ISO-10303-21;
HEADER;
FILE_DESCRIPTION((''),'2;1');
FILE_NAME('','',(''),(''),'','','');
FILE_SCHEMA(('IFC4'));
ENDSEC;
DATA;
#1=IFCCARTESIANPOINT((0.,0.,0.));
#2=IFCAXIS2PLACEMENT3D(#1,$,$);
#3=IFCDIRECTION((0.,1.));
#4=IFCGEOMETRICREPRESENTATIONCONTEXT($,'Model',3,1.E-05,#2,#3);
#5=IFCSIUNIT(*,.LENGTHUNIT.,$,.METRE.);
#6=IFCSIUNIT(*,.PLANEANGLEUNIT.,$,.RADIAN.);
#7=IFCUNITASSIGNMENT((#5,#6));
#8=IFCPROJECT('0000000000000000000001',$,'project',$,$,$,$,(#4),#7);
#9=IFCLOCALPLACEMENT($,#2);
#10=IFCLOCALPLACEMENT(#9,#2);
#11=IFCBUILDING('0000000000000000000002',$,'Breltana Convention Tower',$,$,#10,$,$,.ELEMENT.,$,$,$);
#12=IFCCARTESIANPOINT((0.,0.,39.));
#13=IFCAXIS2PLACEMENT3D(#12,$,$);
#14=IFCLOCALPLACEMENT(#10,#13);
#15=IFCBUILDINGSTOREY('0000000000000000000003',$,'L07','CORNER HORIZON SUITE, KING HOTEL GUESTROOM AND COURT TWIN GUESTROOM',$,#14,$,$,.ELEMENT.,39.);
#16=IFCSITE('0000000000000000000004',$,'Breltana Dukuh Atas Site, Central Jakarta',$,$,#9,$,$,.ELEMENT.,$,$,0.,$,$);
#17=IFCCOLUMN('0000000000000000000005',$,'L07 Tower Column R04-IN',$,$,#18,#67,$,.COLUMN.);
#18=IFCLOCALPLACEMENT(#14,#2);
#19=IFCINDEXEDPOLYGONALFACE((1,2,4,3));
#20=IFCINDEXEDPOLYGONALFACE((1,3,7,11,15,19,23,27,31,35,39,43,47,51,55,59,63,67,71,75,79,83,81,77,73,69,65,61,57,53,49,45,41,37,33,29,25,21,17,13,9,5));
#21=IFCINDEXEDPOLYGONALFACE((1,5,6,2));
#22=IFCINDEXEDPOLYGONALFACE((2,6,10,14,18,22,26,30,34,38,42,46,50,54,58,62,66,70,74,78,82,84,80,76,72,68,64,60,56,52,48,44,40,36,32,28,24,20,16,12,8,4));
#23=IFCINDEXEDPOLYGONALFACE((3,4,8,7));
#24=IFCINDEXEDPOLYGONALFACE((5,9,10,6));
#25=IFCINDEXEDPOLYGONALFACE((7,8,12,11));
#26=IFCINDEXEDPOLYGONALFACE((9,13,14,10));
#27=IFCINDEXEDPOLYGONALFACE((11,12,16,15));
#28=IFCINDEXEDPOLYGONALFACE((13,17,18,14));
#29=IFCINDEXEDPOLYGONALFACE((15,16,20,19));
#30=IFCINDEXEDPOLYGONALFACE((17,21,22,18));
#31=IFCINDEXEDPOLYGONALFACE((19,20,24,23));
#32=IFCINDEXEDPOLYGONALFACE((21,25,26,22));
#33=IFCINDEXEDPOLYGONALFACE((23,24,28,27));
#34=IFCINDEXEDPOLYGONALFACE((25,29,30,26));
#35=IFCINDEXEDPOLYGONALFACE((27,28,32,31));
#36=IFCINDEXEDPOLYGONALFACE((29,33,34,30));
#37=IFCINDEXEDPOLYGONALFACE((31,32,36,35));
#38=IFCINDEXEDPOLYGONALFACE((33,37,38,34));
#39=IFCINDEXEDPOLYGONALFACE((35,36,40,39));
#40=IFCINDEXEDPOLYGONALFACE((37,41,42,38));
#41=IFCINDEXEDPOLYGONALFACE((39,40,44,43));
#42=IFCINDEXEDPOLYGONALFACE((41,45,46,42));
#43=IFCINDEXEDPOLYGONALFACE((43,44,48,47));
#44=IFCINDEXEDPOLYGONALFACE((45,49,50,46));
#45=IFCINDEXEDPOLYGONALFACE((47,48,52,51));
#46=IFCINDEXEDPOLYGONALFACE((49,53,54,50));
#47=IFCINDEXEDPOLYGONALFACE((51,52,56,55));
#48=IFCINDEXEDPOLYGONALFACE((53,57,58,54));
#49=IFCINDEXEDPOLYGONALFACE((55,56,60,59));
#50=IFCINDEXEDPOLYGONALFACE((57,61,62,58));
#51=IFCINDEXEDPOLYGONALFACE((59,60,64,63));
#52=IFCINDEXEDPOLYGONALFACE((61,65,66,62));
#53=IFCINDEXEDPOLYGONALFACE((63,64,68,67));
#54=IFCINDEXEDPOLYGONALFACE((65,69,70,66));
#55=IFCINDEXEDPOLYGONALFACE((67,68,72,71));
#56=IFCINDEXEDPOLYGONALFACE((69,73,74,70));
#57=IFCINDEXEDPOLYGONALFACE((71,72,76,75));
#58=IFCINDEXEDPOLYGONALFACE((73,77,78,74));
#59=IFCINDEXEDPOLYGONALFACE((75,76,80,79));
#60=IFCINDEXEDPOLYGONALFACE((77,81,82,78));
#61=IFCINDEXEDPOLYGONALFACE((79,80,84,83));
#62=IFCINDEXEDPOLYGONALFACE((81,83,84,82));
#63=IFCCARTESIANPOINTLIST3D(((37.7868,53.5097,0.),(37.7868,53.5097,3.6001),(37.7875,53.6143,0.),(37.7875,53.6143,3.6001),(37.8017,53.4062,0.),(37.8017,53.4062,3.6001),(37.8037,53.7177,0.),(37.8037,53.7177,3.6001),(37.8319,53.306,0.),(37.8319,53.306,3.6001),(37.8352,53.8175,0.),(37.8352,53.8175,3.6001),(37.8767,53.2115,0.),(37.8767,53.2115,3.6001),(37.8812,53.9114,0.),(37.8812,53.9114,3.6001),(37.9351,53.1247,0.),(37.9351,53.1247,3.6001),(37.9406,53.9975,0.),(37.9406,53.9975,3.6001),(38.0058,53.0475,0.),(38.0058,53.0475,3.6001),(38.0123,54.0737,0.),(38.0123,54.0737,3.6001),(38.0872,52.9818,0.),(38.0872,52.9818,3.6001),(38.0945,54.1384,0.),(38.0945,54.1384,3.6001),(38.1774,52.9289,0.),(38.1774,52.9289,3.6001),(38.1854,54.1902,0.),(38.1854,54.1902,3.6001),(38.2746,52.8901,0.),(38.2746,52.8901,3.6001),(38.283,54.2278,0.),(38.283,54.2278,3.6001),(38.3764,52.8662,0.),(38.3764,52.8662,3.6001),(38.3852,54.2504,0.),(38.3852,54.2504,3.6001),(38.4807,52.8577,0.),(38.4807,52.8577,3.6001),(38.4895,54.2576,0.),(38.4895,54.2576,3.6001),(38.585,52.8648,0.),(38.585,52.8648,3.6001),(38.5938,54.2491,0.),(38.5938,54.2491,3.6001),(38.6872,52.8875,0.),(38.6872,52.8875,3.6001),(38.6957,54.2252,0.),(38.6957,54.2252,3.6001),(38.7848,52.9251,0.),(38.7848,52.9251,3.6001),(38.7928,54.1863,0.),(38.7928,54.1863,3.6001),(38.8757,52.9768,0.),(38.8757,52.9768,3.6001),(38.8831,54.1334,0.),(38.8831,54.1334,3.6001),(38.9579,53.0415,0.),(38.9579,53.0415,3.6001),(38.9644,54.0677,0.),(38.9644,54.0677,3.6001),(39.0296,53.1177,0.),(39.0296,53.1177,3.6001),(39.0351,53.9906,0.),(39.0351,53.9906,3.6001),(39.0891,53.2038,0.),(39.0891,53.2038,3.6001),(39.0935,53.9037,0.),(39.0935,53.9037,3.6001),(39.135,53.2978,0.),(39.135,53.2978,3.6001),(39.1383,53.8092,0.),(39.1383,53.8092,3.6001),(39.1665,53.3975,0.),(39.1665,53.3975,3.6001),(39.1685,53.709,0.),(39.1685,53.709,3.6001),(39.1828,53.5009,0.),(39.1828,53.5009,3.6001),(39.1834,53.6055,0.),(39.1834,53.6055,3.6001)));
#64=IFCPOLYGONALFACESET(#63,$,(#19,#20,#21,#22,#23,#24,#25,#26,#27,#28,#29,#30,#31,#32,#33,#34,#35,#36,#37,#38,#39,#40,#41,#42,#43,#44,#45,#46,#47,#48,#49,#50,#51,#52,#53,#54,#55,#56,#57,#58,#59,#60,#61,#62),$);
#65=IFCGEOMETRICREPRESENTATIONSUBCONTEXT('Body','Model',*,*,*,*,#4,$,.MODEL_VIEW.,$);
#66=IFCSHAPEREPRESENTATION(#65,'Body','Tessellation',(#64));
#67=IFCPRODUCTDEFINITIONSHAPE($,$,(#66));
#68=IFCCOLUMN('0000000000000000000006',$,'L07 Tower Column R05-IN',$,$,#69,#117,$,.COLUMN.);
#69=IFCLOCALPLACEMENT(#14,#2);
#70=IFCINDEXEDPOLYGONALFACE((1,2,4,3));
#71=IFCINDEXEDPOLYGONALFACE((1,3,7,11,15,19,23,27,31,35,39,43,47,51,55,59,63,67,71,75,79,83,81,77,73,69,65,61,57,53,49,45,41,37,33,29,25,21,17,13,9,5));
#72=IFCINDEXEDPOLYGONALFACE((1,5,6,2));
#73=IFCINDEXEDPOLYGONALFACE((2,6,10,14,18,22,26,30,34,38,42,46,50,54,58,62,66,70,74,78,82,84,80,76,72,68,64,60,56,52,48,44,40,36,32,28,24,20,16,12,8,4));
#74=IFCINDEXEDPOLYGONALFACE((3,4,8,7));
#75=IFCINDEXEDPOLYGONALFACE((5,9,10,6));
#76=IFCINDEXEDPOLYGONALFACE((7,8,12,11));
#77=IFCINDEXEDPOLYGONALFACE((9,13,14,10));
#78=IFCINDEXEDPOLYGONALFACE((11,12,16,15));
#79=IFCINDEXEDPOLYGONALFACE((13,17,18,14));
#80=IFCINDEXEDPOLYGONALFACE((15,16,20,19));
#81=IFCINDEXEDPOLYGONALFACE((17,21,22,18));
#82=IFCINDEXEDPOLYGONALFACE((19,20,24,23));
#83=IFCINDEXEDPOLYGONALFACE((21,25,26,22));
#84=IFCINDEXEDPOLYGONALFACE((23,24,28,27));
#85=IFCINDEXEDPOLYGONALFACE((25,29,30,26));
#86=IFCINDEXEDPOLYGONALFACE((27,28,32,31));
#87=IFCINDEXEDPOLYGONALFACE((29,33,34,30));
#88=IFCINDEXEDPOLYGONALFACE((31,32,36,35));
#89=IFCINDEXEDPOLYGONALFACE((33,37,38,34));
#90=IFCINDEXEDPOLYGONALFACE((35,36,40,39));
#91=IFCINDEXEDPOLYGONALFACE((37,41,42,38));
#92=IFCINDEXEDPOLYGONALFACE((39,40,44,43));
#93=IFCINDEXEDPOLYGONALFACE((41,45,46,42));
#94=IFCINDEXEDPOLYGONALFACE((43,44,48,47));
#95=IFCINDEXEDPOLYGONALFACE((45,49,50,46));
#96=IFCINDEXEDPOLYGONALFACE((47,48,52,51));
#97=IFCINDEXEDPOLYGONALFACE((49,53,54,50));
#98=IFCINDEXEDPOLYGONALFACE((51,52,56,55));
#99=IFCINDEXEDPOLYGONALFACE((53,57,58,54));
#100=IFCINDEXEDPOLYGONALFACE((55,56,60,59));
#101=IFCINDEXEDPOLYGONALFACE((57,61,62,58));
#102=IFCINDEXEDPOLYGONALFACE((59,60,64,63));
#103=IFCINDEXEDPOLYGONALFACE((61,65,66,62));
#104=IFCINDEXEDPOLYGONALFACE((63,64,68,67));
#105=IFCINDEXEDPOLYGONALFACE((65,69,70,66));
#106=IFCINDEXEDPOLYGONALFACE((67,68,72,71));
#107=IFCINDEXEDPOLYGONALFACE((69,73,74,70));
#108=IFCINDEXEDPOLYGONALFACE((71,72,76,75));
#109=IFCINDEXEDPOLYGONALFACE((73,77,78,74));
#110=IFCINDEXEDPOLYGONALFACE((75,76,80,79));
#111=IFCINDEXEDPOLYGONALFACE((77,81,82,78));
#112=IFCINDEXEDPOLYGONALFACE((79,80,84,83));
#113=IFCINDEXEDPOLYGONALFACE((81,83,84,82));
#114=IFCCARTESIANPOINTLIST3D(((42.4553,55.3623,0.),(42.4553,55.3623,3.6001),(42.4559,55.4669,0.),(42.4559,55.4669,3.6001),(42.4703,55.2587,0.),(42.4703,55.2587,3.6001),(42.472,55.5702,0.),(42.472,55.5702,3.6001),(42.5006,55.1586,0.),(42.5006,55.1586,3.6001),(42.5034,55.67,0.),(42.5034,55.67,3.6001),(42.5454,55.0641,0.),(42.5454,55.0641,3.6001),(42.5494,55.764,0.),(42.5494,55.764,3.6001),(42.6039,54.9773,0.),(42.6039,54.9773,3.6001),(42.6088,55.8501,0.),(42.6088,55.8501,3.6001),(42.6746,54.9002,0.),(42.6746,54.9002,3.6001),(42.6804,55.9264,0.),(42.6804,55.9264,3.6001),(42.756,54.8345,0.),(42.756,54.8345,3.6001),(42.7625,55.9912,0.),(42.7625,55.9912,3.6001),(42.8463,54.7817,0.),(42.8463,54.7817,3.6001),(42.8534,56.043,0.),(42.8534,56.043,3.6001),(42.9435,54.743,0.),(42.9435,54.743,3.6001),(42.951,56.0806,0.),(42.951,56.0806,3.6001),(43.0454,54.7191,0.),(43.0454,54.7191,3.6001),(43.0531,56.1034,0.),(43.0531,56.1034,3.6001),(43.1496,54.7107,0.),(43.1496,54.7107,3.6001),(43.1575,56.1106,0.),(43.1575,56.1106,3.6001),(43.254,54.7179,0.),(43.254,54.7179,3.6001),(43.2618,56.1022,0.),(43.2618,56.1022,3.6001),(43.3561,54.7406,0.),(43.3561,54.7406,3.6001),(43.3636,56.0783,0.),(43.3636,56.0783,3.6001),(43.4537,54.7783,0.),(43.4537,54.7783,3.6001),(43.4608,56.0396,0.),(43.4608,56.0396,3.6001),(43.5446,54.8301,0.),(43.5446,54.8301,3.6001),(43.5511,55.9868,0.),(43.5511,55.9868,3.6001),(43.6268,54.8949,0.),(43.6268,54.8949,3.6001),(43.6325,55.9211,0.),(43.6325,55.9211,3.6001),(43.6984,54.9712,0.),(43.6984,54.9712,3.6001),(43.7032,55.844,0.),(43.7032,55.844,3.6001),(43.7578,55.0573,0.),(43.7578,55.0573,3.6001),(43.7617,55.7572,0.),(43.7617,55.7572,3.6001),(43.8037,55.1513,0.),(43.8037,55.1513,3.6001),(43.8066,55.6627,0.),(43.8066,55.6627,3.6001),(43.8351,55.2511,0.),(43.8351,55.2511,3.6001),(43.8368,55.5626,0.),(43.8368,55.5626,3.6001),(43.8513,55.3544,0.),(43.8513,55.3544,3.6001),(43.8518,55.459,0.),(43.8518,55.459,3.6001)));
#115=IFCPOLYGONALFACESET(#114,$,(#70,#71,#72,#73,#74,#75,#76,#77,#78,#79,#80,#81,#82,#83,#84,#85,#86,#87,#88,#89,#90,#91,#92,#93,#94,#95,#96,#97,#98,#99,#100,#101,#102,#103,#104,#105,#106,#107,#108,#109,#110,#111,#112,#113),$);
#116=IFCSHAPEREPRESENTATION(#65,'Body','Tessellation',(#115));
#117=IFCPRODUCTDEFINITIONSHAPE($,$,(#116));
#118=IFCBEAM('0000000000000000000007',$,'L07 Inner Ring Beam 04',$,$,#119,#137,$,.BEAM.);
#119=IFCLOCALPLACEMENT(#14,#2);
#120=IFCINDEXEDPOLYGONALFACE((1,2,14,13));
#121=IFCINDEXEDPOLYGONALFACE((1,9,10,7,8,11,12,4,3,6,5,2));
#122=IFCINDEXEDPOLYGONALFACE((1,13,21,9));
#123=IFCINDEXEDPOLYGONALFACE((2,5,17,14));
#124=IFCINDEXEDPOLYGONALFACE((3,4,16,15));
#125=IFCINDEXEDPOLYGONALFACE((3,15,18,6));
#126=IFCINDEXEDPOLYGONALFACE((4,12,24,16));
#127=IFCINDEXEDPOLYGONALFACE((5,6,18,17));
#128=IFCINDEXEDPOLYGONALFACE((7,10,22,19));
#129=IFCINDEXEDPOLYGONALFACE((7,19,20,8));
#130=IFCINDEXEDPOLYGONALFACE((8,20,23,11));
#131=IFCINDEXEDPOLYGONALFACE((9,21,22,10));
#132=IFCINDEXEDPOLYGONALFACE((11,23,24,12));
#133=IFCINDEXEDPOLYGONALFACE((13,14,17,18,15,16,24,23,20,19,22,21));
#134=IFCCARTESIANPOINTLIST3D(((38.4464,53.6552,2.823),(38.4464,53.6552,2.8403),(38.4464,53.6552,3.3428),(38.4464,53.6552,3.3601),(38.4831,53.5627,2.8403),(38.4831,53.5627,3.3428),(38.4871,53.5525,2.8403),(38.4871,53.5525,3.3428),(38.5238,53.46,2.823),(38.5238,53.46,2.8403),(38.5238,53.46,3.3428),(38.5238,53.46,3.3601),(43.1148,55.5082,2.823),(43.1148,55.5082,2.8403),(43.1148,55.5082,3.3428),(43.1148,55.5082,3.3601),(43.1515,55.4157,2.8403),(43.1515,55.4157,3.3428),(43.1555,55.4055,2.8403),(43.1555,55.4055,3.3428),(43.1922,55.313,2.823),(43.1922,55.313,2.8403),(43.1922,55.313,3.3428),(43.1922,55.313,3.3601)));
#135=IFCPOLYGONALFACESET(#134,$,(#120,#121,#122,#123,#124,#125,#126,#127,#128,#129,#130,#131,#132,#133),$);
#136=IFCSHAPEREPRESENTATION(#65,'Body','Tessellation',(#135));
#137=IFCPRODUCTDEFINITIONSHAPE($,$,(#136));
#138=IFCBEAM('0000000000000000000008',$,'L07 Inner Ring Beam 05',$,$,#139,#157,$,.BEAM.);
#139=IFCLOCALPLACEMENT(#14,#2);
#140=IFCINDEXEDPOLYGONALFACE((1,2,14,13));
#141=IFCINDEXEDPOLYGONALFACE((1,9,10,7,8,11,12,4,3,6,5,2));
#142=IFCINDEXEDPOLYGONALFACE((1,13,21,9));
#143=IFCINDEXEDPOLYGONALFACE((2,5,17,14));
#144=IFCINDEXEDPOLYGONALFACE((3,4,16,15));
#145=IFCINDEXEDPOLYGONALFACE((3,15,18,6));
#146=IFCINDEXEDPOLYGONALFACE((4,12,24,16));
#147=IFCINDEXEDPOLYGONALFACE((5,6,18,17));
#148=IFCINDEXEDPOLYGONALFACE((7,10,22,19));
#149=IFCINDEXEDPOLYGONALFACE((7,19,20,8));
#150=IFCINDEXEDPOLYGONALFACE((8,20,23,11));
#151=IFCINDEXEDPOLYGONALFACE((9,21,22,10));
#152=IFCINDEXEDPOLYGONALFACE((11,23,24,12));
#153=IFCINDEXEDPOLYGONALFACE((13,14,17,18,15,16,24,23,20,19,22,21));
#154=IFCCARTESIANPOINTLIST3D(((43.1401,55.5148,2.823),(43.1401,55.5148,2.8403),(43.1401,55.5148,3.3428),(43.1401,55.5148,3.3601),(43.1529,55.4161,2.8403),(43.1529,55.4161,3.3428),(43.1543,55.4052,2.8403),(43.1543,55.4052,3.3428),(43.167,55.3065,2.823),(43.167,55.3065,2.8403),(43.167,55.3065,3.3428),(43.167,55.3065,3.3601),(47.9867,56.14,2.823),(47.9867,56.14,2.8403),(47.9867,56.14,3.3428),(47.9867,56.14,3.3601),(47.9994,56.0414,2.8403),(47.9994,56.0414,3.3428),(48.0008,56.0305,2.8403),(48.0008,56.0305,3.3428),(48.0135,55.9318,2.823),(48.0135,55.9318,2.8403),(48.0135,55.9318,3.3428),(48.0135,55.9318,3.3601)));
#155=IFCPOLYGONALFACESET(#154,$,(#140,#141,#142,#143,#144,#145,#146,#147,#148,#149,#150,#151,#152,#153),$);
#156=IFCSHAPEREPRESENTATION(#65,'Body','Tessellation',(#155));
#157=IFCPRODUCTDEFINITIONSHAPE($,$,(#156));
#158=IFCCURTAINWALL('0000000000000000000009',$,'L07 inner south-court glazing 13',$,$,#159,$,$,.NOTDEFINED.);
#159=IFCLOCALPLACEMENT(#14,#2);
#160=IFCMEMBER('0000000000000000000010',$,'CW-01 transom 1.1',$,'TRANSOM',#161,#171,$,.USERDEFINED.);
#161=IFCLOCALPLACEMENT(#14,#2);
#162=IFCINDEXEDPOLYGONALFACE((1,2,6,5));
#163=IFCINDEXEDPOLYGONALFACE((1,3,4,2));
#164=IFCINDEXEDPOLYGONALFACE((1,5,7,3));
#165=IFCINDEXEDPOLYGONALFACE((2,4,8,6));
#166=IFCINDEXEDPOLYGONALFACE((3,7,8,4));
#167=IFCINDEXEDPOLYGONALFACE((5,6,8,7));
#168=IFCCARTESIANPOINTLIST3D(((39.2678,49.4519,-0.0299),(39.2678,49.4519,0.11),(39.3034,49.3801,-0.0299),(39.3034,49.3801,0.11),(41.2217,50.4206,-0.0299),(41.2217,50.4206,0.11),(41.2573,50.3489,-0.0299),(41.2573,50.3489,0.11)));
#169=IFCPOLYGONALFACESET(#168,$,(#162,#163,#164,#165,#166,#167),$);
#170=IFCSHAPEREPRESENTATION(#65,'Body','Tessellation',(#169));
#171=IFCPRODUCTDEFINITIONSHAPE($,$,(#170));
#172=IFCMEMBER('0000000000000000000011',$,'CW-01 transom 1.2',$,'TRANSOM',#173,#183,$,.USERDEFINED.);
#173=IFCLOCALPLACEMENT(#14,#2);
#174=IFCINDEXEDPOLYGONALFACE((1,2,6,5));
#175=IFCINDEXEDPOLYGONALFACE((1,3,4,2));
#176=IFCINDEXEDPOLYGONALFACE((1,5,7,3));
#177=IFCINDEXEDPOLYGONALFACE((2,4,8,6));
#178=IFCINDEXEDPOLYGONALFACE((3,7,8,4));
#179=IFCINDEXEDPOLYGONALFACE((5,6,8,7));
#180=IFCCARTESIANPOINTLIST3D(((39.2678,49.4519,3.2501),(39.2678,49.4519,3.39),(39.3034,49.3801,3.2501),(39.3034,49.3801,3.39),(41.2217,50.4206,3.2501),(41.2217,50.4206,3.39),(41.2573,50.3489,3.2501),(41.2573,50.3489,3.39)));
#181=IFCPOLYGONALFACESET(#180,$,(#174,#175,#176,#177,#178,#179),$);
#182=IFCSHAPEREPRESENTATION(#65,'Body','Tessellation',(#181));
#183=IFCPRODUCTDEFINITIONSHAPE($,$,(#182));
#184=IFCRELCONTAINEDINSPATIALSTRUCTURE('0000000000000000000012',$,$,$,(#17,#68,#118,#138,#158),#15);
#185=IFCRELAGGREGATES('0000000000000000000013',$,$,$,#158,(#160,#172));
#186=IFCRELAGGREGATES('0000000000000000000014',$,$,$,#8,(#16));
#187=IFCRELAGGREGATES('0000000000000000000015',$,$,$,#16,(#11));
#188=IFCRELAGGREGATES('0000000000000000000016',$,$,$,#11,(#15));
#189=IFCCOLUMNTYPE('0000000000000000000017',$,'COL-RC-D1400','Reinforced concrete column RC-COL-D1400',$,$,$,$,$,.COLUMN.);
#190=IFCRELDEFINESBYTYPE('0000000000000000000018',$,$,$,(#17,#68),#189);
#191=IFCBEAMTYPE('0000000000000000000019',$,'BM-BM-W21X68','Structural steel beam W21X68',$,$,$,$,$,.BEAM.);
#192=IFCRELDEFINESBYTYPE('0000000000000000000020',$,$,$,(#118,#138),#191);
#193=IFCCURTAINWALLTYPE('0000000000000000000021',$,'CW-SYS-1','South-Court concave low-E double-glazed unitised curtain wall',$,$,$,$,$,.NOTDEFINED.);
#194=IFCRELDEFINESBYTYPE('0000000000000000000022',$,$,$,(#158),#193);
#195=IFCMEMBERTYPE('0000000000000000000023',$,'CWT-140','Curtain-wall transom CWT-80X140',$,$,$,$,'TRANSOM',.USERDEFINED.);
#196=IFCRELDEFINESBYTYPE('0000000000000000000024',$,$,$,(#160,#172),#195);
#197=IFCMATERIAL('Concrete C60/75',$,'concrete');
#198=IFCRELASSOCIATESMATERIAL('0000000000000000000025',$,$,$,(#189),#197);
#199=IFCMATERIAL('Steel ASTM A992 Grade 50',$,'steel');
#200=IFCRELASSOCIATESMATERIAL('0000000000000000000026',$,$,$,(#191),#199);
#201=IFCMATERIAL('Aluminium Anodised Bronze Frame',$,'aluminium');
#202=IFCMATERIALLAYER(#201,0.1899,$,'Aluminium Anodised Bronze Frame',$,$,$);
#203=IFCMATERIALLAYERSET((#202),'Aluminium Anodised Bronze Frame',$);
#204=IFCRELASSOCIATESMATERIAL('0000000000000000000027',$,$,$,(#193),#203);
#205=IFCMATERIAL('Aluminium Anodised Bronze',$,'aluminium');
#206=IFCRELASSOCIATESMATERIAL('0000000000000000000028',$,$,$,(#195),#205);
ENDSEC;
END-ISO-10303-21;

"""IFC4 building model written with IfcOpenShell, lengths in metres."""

from ifc_helpers import new_model, si_unit, direction, frame, origin, origin_2d, place, context, subcontext, project, spatial, rectangle, circle, i_section, extrude, source, transform, mapped, material, layer, layer_set, material_profile, profile_set, type_object, element, aggregate, save


model = new_model("IFC4")

# Units and contexts
model_context = context("Model", 3, precision=1e-05, world=origin(), true_north=direction((0.0, 1.0)))
body_context = subcontext(model_context, "Body", "Model", "MODEL_VIEW")
ifc_project = project(units=[si_unit("LENGTHUNIT", "METRE"), si_unit("PLANEANGLEUNIT", "RADIAN")], contexts=[model_context])

# Site, building, storey
site_placement = place(None, origin())
site = spatial("IfcSite", under=ifc_project, at=site_placement, Name="Breltana Dukuh Atas Site, Central Jakarta", CompositionType="ELEMENT", RefElevation=0.0)
building_placement = place(site_placement, origin())
building = spatial("IfcBuilding", under=site, at=building_placement, Name="Breltana Convention Tower", CompositionType="ELEMENT")
storey_placement = place(building_placement, frame((0.0, 0.0, 39.0)))
storey = spatial("IfcBuildingStorey", under=building, at=storey_placement, Name="L07", Description="CORNER HORIZON SUITE, KING HOTEL GUESTROOM AND COURT TWIN GUESTROOM", CompositionType="ELEMENT", Elevation=39.0)

# Columns
ifc_material_1 = material(Name="Concrete C60/75", Category="concrete")
ifc_material_profile_1 = material_profile(ifc_material_1, circle(Radius=0.7, at=origin_2d()), Name="RC-COL-D1400")
ifc_profile_set_1 = profile_set([ifc_material_profile_1], Name="Concrete C60/75")
column_type = type_object("IfcColumnType", Name="COL-RC-D1400", Description="Reinforced concrete column RC-COL-D1400", PredefinedType="COLUMN", material=ifc_profile_set_1)
shared_shape_1 = source(origin(), body_context, "Body", "SweptSolid", [
    extrude(circle(Radius=0.7, at=origin_2d()), origin(), (0.0, 0.0, 1.0), 3.6001),
])
for number, where, z_axis, x_axis, name in (
    (1, (38.4851, 53.5576, 0.0), (0.0, 0.0, 1.0), (-0.288698, 0.95742, 0.0), "L07 Tower Column R04-IN"),
    (2, (43.1536, 55.4106, 0.0), (0.0, 0.0, 1.0), (-0.143493, 0.989651, 0.0), "L07 Tower Column R05-IN"),
):
    element("IfcColumn", number, at=place(storey_placement, frame(where, z_axis=z_axis, x_axis=x_axis)), inside=storey, type_object=column_type, Name=name, PredefinedType="COLUMN", context=body_context, shape_type="MappedRepresentation", body=[
        mapped(shared_shape_1, transform((0.0, 0.0, 0.0), scale=1.0)),
    ])

# Beams
ifc_material_2 = material(Name="Steel ASTM A992 Grade 50", Category="steel")
ifc_material_profile_2 = material_profile(ifc_material_2, i_section(OverallWidth=0.21, OverallDepth=0.5371, WebThickness=0.011, FlangeThickness=0.0173, at=origin_2d()), Name="W21X68")
ifc_profile_set_2 = profile_set([ifc_material_profile_2], Name="Steel ASTM A992 Grade 50")
beam_type = type_object("IfcBeamType", Name="BM-BM-W21X68", Description="Structural steel beam W21X68", PredefinedType="BEAM", material=ifc_profile_set_2)
shared_shape_2 = source(origin(), body_context, "Body", "SweptSolid", [
    extrude(i_section(OverallWidth=0.21, OverallDepth=0.5371, WebThickness=0.011, FlangeThickness=0.0173, at=origin_2d()), origin(), (0.0, 0.0, 1.0), 5.0227),
])
beam_1_placement = place(storey_placement, frame((38.4851, 53.5576, 3.0916), z_axis=(0.929459, 0.368926, 0.0), x_axis=(-0.368926, 0.929459, 0.0)))
element("IfcBeam", 3, at=beam_1_placement, inside=storey, type_object=beam_type, Name="L07 Inner Ring Beam 04", PredefinedType="BEAM", context=body_context, shape_type="MappedRepresentation", body=[
    mapped(shared_shape_2, transform((0.0, 0.0, 0.0), scale=1.0)),
])
shared_shape_3 = source(origin(), body_context, "Body", "SweptSolid", [
    extrude(i_section(OverallWidth=0.21, OverallDepth=0.5371, WebThickness=0.011, FlangeThickness=0.0173, at=origin_2d()), origin(), (0.0, 0.0, 1.0), 4.8867),
])
beam_2_placement = place(storey_placement, frame((43.1536, 55.4106, 3.0916), z_axis=(0.991781, 0.127951, 0.0), x_axis=(-0.127951, 0.991781, 0.0)))
element("IfcBeam", 4, at=beam_2_placement, inside=storey, type_object=beam_type, Name="L07 Inner Ring Beam 05", PredefinedType="BEAM", context=body_context, shape_type="MappedRepresentation", body=[
    mapped(shared_shape_3, transform((0.0, 0.0, 0.0), scale=1.0)),
])

# Curtain wall, members
ifc_material_3 = material(Name="Aluminium Anodised Bronze Frame", Category="aluminium")
ifc_layer_1 = layer(ifc_material_3, 0.1899, Name="Aluminium Anodised Bronze Frame")
ifc_layer_set_1 = layer_set([ifc_layer_1], Name="Aluminium Anodised Bronze Frame")
curtain_wall_type = type_object("IfcCurtainWallType", Name="CW-SYS-1", Description="South-Court concave low-E double-glazed unitised curtain wall", PredefinedType="NOTDEFINED", material=ifc_layer_set_1)
curtain_wall_1_placement = place(storey_placement, origin())
curtain_wall_1 = element("IfcCurtainWall", 5, at=curtain_wall_1_placement, inside=storey, type_object=curtain_wall_type, Name="L07 inner south-court glazing 13", PredefinedType="NOTDEFINED")
ifc_material_4 = material(Name="Aluminium Anodised Bronze", Category="aluminium")
ifc_material_profile_3 = material_profile(ifc_material_4, rectangle(XDim=0.0801, YDim=0.1399, at=origin_2d()), Name="CWT-80X140")
ifc_profile_set_3 = profile_set([ifc_material_profile_3], Name="Aluminium Anodised Bronze")
member_type_1 = type_object("IfcMemberType", Name="CWT-140", Description="Curtain-wall transom CWT-80X140", ElementType="TRANSOM", PredefinedType="USERDEFINED", material=ifc_profile_set_3)
shared_shape_4 = source(origin(), body_context, "Body", "SweptSolid", [
    extrude(rectangle(XDim=0.0801, YDim=0.1399, at=origin_2d()), origin(), (0.0, 0.0, 1.0), 2.1809),
])
member_1_placement = place(storey_placement, frame((41.2395, 50.3848, 0.04), z_axis=(-0.895922, -0.444211, 0.0), x_axis=(0.444211, -0.895922, 0.0)))
member_1 = element("IfcMember", 6, at=member_1_placement, type_object=member_type_1, Name="CW-01 transom 1.1", ObjectType="TRANSOM", PredefinedType="USERDEFINED", context=body_context, shape_type="MappedRepresentation", body=[
    mapped(shared_shape_4, transform((0.0, 0.0, 0.0), scale=1.0)),
])
member_2_placement = place(storey_placement, frame((41.2395, 50.3848, 3.3201), z_axis=(-0.895922, -0.444211, 0.0), x_axis=(0.444211, -0.895922, 0.0)))
member_2 = element("IfcMember", 7, at=member_2_placement, type_object=member_type_1, Name="CW-01 transom 1.2", ObjectType="TRANSOM", PredefinedType="USERDEFINED", context=body_context, shape_type="MappedRepresentation", body=[
    mapped(shared_shape_4, transform((0.0, 0.0, 0.0), scale=1.0)),
])

aggregate(curtain_wall_1, [member_1, member_2])

save(model, "model.ifc")
